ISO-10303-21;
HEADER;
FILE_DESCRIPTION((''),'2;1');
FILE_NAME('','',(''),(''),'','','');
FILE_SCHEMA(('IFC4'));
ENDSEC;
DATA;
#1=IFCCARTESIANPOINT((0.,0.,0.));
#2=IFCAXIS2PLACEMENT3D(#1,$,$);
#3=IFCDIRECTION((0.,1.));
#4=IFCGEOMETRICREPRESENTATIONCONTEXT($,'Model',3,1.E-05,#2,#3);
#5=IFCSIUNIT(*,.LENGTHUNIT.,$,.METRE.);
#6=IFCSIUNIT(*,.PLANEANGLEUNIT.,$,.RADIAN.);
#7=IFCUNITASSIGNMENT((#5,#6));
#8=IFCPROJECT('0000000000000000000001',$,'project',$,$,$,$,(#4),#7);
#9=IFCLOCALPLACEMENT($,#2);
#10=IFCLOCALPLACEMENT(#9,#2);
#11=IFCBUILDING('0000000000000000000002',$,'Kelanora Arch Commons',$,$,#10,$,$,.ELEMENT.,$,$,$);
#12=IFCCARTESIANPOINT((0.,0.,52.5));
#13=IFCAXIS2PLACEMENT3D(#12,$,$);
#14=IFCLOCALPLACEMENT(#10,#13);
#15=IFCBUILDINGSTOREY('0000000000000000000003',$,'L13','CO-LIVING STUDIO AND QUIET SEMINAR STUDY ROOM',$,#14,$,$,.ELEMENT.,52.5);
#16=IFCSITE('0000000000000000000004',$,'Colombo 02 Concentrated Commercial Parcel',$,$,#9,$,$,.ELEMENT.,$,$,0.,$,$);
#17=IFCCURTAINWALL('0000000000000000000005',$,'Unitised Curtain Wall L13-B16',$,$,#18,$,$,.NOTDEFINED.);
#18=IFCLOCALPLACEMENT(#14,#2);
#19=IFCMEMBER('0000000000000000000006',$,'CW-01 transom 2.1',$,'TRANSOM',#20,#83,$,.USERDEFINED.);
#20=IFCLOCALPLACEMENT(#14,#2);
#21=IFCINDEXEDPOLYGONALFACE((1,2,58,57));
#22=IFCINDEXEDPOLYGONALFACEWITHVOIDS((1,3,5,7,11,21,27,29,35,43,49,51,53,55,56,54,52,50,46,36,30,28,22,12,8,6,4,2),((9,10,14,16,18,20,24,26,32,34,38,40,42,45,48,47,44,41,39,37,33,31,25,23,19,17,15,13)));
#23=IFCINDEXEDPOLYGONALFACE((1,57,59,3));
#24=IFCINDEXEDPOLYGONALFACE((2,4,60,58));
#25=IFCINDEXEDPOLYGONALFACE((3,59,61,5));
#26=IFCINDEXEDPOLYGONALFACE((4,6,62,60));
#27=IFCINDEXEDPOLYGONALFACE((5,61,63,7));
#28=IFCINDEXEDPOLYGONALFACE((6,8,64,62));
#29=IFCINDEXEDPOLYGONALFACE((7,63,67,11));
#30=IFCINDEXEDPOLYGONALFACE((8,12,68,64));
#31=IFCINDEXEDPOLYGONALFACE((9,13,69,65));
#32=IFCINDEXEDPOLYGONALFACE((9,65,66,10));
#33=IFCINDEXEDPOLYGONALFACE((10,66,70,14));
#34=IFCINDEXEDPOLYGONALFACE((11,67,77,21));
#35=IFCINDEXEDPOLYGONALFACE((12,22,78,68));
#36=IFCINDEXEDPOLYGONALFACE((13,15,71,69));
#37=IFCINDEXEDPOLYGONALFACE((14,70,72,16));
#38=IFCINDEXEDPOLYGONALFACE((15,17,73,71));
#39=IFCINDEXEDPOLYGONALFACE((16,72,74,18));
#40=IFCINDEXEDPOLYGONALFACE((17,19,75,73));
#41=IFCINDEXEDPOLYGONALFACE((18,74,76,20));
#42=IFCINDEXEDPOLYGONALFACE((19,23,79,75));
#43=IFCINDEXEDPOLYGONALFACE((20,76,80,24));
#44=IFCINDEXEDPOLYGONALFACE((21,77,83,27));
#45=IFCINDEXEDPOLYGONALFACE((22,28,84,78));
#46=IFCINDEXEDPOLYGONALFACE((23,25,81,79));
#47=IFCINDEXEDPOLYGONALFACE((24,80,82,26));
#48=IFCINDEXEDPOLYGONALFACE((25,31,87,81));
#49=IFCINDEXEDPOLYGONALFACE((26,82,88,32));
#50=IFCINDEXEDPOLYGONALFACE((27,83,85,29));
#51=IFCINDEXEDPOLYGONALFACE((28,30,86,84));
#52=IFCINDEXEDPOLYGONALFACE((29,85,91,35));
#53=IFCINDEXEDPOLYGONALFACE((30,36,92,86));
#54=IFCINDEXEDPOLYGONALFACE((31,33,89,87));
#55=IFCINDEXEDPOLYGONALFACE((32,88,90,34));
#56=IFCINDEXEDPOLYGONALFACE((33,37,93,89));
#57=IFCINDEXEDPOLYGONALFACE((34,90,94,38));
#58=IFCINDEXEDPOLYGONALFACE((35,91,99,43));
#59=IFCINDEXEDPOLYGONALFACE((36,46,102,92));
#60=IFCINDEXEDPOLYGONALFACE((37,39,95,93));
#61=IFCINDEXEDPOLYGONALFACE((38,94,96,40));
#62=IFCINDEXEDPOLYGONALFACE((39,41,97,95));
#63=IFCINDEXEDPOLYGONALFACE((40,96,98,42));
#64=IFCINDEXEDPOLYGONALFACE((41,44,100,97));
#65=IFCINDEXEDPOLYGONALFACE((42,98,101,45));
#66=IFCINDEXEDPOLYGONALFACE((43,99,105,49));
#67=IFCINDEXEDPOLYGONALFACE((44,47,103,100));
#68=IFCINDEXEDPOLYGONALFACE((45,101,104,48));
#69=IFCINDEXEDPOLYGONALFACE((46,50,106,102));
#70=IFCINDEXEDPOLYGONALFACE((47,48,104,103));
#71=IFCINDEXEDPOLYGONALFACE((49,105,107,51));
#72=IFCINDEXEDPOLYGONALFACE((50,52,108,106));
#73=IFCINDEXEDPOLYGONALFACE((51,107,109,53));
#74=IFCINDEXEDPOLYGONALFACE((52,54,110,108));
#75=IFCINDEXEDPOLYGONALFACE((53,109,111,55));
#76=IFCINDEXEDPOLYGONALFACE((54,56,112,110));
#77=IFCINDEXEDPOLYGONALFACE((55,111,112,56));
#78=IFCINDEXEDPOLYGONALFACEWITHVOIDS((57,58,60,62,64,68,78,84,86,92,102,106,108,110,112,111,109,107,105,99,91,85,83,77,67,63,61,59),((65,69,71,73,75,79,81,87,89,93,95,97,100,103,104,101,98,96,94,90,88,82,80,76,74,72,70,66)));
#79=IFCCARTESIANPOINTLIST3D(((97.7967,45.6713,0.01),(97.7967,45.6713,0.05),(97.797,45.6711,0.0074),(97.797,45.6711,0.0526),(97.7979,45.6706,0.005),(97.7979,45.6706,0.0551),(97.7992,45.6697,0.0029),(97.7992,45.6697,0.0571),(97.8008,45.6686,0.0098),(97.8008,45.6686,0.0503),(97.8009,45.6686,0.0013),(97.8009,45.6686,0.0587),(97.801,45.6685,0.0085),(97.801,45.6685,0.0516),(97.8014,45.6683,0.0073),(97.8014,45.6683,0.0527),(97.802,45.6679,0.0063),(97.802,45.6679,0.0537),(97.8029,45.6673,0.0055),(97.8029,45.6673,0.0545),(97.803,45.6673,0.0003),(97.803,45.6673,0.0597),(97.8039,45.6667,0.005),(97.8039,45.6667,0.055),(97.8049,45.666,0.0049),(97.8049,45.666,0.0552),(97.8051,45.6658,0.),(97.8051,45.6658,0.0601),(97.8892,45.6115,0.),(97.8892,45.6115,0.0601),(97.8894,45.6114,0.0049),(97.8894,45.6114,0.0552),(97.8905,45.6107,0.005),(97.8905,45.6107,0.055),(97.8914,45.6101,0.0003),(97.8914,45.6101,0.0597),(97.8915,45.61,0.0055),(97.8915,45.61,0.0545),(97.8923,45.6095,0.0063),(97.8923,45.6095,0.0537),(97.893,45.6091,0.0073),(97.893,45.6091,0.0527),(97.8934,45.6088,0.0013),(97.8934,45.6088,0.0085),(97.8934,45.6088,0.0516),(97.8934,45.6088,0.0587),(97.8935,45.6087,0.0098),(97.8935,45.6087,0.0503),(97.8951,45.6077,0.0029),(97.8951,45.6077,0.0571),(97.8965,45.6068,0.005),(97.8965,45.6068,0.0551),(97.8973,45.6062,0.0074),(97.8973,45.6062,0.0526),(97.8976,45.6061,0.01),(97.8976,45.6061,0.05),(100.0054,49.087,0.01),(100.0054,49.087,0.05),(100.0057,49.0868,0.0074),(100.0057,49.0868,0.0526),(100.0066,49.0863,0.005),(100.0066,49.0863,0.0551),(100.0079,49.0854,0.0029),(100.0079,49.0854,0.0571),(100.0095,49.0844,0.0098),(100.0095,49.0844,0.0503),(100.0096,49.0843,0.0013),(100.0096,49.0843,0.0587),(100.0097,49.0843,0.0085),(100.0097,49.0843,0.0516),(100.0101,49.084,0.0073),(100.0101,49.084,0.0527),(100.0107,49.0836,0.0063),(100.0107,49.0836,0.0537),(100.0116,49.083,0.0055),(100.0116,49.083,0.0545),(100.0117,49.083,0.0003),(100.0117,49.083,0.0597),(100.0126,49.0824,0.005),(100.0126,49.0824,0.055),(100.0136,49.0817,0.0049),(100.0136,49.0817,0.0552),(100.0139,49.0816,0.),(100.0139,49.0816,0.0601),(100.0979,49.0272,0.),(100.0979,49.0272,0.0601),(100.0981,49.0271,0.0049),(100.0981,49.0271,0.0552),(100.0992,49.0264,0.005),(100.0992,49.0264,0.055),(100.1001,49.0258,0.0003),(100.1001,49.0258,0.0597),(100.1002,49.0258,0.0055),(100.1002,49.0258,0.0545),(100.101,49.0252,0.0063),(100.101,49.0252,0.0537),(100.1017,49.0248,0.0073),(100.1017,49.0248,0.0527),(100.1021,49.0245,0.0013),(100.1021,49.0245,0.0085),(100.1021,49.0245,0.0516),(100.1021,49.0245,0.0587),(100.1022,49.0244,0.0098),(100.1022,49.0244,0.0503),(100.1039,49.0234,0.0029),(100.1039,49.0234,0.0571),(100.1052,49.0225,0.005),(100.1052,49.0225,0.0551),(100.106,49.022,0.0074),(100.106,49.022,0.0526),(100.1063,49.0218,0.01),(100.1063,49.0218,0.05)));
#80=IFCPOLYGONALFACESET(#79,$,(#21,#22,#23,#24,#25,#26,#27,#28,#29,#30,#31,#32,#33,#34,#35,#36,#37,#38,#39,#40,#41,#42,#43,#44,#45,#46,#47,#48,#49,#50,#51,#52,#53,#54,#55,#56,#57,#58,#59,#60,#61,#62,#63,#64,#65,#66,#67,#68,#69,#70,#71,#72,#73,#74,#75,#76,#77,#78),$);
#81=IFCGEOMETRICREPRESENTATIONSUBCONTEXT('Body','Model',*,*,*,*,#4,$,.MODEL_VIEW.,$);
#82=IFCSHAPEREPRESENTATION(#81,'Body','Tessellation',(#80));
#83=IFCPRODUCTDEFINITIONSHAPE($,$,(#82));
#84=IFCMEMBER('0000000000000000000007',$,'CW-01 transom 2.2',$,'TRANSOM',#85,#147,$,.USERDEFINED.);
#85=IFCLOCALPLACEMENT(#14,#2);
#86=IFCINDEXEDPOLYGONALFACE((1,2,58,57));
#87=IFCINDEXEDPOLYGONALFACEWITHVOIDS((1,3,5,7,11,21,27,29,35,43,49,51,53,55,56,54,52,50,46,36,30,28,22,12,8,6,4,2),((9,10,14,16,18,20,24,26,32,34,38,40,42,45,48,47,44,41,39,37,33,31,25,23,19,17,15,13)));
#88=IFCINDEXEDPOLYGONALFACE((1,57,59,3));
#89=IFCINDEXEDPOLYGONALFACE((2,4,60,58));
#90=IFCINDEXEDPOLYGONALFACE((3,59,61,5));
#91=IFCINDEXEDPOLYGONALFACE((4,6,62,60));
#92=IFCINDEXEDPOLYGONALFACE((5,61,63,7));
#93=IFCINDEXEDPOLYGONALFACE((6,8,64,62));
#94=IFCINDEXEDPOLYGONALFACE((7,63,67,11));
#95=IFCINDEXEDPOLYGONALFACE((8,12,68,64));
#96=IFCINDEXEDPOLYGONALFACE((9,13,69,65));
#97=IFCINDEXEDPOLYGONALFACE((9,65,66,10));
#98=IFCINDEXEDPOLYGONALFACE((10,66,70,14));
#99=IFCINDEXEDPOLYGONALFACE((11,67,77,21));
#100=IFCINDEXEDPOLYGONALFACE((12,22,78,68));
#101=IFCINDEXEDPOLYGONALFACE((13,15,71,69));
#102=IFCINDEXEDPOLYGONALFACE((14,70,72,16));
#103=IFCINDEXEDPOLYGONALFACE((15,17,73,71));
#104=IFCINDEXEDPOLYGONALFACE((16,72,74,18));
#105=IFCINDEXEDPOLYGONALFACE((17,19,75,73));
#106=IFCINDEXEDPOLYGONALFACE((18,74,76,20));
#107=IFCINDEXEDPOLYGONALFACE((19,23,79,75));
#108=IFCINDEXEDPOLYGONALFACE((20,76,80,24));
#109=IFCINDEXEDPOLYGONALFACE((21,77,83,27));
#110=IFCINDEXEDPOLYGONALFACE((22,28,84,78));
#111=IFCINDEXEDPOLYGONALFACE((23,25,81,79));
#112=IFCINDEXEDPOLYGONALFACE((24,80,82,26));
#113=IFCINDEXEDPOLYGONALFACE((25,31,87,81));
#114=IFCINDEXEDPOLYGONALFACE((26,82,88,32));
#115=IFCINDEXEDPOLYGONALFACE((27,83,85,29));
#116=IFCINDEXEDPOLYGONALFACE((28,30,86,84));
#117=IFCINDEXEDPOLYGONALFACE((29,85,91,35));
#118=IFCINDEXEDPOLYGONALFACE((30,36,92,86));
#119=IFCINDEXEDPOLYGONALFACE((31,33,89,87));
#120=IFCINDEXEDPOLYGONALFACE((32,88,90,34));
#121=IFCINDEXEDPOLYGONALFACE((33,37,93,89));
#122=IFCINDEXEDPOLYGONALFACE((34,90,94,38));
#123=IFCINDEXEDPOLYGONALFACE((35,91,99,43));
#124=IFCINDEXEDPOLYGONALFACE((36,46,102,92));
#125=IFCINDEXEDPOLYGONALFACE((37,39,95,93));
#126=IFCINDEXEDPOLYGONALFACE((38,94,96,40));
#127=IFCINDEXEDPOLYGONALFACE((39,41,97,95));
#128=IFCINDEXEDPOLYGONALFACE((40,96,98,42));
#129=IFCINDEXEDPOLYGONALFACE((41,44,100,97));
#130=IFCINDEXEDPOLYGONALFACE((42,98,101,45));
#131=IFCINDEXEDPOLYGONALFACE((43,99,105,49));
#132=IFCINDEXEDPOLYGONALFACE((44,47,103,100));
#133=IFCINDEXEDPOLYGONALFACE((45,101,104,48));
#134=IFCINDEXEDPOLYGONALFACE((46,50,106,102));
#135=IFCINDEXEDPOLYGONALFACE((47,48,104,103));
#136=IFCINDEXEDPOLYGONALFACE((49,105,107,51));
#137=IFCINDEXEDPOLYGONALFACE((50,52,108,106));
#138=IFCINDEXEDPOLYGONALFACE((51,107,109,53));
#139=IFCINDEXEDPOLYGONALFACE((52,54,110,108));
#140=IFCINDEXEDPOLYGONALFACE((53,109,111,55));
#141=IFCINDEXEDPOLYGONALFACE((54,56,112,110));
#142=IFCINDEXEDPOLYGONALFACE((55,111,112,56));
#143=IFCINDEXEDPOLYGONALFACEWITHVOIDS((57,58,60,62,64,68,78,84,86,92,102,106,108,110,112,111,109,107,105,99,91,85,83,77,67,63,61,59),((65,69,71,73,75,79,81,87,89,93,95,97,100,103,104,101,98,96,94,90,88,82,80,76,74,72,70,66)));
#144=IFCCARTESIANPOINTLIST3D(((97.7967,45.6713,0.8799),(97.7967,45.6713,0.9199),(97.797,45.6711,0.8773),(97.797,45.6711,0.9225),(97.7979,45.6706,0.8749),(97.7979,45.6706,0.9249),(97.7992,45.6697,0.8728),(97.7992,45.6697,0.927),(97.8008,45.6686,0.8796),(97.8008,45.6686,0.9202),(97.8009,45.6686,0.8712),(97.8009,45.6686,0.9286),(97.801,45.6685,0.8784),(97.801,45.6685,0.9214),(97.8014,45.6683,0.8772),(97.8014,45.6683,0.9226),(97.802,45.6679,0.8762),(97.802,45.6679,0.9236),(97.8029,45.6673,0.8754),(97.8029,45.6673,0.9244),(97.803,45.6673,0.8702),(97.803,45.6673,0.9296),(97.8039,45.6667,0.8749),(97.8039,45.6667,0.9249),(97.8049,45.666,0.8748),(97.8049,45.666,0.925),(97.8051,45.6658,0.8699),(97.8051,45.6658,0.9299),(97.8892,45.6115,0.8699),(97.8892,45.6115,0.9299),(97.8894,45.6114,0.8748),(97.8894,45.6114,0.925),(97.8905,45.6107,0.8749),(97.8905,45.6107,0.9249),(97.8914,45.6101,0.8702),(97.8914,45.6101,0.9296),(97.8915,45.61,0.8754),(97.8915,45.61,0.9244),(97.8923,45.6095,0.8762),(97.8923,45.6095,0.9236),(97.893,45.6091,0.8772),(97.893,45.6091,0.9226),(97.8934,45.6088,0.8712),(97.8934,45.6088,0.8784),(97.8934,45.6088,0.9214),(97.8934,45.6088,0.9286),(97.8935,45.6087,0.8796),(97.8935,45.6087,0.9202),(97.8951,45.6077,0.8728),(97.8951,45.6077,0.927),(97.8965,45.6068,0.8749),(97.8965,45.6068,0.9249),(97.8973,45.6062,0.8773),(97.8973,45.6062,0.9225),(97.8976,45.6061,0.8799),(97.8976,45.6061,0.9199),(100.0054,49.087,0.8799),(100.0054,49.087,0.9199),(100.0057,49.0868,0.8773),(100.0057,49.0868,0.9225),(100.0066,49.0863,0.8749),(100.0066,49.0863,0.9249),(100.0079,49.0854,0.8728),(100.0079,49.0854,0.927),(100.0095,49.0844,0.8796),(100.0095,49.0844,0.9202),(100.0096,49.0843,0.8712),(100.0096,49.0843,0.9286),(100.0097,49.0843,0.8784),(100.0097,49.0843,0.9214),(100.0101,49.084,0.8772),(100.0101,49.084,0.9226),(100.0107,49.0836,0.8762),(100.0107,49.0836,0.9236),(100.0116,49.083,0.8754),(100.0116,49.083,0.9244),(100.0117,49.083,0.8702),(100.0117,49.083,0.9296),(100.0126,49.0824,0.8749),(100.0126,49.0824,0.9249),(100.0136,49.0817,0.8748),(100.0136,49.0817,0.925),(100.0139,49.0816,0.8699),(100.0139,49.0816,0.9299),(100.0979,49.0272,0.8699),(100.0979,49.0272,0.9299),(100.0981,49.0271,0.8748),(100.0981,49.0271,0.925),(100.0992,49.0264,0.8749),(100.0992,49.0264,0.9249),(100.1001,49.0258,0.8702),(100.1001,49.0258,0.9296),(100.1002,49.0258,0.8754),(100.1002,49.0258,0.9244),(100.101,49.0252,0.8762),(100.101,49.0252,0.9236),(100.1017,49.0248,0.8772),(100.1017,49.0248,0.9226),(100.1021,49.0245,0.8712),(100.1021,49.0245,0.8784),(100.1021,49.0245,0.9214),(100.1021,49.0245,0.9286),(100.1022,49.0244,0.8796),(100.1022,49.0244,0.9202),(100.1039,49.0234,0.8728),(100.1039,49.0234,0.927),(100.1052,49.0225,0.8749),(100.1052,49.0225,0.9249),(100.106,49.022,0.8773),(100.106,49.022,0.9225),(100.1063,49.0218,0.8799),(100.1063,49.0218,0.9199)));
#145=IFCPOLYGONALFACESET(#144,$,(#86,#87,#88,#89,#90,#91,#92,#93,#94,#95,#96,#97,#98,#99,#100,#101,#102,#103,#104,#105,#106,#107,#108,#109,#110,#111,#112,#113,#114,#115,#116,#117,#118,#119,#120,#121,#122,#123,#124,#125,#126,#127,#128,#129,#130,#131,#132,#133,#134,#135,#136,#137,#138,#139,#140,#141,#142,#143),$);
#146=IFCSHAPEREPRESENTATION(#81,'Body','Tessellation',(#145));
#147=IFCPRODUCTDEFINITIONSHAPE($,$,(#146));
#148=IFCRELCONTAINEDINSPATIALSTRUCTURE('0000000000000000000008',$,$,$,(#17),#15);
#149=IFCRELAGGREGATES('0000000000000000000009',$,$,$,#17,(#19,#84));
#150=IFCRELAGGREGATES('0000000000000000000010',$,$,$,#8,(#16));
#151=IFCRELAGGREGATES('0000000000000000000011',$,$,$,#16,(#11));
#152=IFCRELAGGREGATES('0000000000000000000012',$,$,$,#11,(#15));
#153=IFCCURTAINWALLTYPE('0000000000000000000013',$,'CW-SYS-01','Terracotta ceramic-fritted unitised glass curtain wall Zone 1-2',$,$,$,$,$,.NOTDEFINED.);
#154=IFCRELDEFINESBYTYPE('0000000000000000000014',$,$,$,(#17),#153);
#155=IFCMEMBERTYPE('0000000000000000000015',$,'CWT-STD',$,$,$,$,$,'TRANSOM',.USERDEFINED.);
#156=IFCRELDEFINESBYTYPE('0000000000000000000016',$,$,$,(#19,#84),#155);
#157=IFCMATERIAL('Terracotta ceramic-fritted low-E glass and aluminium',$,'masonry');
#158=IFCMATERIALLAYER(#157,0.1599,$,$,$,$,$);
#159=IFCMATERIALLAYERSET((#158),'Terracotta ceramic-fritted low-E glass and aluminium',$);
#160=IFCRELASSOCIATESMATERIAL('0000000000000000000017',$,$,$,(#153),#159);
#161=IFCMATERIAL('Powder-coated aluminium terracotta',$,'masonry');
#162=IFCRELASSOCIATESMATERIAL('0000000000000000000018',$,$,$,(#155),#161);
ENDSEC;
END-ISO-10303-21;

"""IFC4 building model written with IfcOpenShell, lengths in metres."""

from ifc_helpers import new_model, si_unit, direction, frame, origin, origin_2d, place, context, subcontext, project, spatial, hollow_rectangle, extrude, material, layer, layer_set, material_profile, profile_set, type_object, element, aggregate, save


model = new_model("IFC4")

# Units and contexts
model_context = context("Model", 3, precision=1e-05, world=origin(), true_north=direction((0.0, 1.0)))
body_context = subcontext(model_context, "Body", "Model", "MODEL_VIEW")
ifc_project = project(units=[si_unit("LENGTHUNIT", "METRE"), si_unit("PLANEANGLEUNIT", "RADIAN")], contexts=[model_context])

# Site, building, storey
site_placement = place(None, origin())
site = spatial("IfcSite", under=ifc_project, at=site_placement, Name="Colombo 02 Concentrated Commercial Parcel", CompositionType="ELEMENT", RefElevation=0.0)
building_placement = place(site_placement, origin())
building = spatial("IfcBuilding", under=site, at=building_placement, Name="Kelanora Arch Commons", CompositionType="ELEMENT")
storey_placement = place(building_placement, frame((0.0, 0.0, 52.5)))
storey = spatial("IfcBuildingStorey", under=building, at=storey_placement, Name="L13", Description="CO-LIVING STUDIO AND QUIET SEMINAR STUDY ROOM", CompositionType="ELEMENT", Elevation=52.5)

# Shared definitions
ifc_material_1 = material(Name="Terracotta ceramic-fritted low-E glass and aluminium", Category="masonry")
ifc_layer_1 = layer(ifc_material_1, 0.1599)
ifc_layer_set_1 = layer_set([ifc_layer_1], Name="Terracotta ceramic-fritted low-E glass and aluminium")
curtain_wall_type = type_object("IfcCurtainWallType", Name="CW-SYS-01", Description="Terracotta ceramic-fritted unitised glass curtain wall Zone 1-2", PredefinedType="NOTDEFINED", material=ifc_layer_set_1)
ifc_material_2 = material(Name="Powder-coated aluminium terracotta", Category="masonry")

# Curtain wall, members
curtain_wall_1_placement = place(storey_placement, origin())
curtain_wall_1 = element("IfcCurtainWall", 1, at=curtain_wall_1_placement, inside=storey, type_object=curtain_wall_type, Name="Unitised Curtain Wall L13-B16", PredefinedType="NOTDEFINED")
ifc_material_profile_1 = material_profile(ifc_material_2, hollow_rectangle(XDim=0.1201, YDim=0.0601, WallThickness=0.0049, InnerFilletRadius=0.0049, OuterFilletRadius=0.01, at=origin_2d()), Name="CWT120x60")
ifc_profile_set_1 = profile_set([ifc_material_profile_1], Name="Powder-coated aluminium terracotta")
member_type_1 = type_object("IfcMemberType", Name="CWT-STD", ElementType="TRANSOM", PredefinedType="USERDEFINED", material=ifc_profile_set_1)
member_1_placement = place(storey_placement, frame((97.8472, 45.6387, 0.03), z_axis=(0.542997, 0.839734, 0.0), x_axis=(-0.839734, 0.542997, 0.0)))
member_1 = element("IfcMember", 2, at=member_1_placement, type_object=member_type_1, Name="CW-01 transom 2.1", ObjectType="TRANSOM", PredefinedType="USERDEFINED", context=body_context, shape_type="SweptSolid", body=[
    extrude(hollow_rectangle(XDim=0.1201, YDim=0.0601, WallThickness=0.0049, InnerFilletRadius=0.0049, OuterFilletRadius=0.01, at=origin_2d()), origin(), (0.0, 0.0, 1.0), 4.0676),
])
member_2_placement = place(storey_placement, frame((97.8472, 45.6387, 0.8999), z_axis=(0.542997, 0.839734, 0.0), x_axis=(-0.839734, 0.542997, 0.0)))
member_2 = element("IfcMember", 3, at=member_2_placement, type_object=member_type_1, Name="CW-01 transom 2.2", ObjectType="TRANSOM", PredefinedType="USERDEFINED", context=body_context, shape_type="SweptSolid", body=[
    extrude(hollow_rectangle(XDim=0.1201, YDim=0.0601, WallThickness=0.0049, InnerFilletRadius=0.0049, OuterFilletRadius=0.01, at=origin_2d()), origin(), (0.0, 0.0, 1.0), 4.0676),
])

aggregate(curtain_wall_1, [member_1, member_2])

save(model, "model.ifc")
